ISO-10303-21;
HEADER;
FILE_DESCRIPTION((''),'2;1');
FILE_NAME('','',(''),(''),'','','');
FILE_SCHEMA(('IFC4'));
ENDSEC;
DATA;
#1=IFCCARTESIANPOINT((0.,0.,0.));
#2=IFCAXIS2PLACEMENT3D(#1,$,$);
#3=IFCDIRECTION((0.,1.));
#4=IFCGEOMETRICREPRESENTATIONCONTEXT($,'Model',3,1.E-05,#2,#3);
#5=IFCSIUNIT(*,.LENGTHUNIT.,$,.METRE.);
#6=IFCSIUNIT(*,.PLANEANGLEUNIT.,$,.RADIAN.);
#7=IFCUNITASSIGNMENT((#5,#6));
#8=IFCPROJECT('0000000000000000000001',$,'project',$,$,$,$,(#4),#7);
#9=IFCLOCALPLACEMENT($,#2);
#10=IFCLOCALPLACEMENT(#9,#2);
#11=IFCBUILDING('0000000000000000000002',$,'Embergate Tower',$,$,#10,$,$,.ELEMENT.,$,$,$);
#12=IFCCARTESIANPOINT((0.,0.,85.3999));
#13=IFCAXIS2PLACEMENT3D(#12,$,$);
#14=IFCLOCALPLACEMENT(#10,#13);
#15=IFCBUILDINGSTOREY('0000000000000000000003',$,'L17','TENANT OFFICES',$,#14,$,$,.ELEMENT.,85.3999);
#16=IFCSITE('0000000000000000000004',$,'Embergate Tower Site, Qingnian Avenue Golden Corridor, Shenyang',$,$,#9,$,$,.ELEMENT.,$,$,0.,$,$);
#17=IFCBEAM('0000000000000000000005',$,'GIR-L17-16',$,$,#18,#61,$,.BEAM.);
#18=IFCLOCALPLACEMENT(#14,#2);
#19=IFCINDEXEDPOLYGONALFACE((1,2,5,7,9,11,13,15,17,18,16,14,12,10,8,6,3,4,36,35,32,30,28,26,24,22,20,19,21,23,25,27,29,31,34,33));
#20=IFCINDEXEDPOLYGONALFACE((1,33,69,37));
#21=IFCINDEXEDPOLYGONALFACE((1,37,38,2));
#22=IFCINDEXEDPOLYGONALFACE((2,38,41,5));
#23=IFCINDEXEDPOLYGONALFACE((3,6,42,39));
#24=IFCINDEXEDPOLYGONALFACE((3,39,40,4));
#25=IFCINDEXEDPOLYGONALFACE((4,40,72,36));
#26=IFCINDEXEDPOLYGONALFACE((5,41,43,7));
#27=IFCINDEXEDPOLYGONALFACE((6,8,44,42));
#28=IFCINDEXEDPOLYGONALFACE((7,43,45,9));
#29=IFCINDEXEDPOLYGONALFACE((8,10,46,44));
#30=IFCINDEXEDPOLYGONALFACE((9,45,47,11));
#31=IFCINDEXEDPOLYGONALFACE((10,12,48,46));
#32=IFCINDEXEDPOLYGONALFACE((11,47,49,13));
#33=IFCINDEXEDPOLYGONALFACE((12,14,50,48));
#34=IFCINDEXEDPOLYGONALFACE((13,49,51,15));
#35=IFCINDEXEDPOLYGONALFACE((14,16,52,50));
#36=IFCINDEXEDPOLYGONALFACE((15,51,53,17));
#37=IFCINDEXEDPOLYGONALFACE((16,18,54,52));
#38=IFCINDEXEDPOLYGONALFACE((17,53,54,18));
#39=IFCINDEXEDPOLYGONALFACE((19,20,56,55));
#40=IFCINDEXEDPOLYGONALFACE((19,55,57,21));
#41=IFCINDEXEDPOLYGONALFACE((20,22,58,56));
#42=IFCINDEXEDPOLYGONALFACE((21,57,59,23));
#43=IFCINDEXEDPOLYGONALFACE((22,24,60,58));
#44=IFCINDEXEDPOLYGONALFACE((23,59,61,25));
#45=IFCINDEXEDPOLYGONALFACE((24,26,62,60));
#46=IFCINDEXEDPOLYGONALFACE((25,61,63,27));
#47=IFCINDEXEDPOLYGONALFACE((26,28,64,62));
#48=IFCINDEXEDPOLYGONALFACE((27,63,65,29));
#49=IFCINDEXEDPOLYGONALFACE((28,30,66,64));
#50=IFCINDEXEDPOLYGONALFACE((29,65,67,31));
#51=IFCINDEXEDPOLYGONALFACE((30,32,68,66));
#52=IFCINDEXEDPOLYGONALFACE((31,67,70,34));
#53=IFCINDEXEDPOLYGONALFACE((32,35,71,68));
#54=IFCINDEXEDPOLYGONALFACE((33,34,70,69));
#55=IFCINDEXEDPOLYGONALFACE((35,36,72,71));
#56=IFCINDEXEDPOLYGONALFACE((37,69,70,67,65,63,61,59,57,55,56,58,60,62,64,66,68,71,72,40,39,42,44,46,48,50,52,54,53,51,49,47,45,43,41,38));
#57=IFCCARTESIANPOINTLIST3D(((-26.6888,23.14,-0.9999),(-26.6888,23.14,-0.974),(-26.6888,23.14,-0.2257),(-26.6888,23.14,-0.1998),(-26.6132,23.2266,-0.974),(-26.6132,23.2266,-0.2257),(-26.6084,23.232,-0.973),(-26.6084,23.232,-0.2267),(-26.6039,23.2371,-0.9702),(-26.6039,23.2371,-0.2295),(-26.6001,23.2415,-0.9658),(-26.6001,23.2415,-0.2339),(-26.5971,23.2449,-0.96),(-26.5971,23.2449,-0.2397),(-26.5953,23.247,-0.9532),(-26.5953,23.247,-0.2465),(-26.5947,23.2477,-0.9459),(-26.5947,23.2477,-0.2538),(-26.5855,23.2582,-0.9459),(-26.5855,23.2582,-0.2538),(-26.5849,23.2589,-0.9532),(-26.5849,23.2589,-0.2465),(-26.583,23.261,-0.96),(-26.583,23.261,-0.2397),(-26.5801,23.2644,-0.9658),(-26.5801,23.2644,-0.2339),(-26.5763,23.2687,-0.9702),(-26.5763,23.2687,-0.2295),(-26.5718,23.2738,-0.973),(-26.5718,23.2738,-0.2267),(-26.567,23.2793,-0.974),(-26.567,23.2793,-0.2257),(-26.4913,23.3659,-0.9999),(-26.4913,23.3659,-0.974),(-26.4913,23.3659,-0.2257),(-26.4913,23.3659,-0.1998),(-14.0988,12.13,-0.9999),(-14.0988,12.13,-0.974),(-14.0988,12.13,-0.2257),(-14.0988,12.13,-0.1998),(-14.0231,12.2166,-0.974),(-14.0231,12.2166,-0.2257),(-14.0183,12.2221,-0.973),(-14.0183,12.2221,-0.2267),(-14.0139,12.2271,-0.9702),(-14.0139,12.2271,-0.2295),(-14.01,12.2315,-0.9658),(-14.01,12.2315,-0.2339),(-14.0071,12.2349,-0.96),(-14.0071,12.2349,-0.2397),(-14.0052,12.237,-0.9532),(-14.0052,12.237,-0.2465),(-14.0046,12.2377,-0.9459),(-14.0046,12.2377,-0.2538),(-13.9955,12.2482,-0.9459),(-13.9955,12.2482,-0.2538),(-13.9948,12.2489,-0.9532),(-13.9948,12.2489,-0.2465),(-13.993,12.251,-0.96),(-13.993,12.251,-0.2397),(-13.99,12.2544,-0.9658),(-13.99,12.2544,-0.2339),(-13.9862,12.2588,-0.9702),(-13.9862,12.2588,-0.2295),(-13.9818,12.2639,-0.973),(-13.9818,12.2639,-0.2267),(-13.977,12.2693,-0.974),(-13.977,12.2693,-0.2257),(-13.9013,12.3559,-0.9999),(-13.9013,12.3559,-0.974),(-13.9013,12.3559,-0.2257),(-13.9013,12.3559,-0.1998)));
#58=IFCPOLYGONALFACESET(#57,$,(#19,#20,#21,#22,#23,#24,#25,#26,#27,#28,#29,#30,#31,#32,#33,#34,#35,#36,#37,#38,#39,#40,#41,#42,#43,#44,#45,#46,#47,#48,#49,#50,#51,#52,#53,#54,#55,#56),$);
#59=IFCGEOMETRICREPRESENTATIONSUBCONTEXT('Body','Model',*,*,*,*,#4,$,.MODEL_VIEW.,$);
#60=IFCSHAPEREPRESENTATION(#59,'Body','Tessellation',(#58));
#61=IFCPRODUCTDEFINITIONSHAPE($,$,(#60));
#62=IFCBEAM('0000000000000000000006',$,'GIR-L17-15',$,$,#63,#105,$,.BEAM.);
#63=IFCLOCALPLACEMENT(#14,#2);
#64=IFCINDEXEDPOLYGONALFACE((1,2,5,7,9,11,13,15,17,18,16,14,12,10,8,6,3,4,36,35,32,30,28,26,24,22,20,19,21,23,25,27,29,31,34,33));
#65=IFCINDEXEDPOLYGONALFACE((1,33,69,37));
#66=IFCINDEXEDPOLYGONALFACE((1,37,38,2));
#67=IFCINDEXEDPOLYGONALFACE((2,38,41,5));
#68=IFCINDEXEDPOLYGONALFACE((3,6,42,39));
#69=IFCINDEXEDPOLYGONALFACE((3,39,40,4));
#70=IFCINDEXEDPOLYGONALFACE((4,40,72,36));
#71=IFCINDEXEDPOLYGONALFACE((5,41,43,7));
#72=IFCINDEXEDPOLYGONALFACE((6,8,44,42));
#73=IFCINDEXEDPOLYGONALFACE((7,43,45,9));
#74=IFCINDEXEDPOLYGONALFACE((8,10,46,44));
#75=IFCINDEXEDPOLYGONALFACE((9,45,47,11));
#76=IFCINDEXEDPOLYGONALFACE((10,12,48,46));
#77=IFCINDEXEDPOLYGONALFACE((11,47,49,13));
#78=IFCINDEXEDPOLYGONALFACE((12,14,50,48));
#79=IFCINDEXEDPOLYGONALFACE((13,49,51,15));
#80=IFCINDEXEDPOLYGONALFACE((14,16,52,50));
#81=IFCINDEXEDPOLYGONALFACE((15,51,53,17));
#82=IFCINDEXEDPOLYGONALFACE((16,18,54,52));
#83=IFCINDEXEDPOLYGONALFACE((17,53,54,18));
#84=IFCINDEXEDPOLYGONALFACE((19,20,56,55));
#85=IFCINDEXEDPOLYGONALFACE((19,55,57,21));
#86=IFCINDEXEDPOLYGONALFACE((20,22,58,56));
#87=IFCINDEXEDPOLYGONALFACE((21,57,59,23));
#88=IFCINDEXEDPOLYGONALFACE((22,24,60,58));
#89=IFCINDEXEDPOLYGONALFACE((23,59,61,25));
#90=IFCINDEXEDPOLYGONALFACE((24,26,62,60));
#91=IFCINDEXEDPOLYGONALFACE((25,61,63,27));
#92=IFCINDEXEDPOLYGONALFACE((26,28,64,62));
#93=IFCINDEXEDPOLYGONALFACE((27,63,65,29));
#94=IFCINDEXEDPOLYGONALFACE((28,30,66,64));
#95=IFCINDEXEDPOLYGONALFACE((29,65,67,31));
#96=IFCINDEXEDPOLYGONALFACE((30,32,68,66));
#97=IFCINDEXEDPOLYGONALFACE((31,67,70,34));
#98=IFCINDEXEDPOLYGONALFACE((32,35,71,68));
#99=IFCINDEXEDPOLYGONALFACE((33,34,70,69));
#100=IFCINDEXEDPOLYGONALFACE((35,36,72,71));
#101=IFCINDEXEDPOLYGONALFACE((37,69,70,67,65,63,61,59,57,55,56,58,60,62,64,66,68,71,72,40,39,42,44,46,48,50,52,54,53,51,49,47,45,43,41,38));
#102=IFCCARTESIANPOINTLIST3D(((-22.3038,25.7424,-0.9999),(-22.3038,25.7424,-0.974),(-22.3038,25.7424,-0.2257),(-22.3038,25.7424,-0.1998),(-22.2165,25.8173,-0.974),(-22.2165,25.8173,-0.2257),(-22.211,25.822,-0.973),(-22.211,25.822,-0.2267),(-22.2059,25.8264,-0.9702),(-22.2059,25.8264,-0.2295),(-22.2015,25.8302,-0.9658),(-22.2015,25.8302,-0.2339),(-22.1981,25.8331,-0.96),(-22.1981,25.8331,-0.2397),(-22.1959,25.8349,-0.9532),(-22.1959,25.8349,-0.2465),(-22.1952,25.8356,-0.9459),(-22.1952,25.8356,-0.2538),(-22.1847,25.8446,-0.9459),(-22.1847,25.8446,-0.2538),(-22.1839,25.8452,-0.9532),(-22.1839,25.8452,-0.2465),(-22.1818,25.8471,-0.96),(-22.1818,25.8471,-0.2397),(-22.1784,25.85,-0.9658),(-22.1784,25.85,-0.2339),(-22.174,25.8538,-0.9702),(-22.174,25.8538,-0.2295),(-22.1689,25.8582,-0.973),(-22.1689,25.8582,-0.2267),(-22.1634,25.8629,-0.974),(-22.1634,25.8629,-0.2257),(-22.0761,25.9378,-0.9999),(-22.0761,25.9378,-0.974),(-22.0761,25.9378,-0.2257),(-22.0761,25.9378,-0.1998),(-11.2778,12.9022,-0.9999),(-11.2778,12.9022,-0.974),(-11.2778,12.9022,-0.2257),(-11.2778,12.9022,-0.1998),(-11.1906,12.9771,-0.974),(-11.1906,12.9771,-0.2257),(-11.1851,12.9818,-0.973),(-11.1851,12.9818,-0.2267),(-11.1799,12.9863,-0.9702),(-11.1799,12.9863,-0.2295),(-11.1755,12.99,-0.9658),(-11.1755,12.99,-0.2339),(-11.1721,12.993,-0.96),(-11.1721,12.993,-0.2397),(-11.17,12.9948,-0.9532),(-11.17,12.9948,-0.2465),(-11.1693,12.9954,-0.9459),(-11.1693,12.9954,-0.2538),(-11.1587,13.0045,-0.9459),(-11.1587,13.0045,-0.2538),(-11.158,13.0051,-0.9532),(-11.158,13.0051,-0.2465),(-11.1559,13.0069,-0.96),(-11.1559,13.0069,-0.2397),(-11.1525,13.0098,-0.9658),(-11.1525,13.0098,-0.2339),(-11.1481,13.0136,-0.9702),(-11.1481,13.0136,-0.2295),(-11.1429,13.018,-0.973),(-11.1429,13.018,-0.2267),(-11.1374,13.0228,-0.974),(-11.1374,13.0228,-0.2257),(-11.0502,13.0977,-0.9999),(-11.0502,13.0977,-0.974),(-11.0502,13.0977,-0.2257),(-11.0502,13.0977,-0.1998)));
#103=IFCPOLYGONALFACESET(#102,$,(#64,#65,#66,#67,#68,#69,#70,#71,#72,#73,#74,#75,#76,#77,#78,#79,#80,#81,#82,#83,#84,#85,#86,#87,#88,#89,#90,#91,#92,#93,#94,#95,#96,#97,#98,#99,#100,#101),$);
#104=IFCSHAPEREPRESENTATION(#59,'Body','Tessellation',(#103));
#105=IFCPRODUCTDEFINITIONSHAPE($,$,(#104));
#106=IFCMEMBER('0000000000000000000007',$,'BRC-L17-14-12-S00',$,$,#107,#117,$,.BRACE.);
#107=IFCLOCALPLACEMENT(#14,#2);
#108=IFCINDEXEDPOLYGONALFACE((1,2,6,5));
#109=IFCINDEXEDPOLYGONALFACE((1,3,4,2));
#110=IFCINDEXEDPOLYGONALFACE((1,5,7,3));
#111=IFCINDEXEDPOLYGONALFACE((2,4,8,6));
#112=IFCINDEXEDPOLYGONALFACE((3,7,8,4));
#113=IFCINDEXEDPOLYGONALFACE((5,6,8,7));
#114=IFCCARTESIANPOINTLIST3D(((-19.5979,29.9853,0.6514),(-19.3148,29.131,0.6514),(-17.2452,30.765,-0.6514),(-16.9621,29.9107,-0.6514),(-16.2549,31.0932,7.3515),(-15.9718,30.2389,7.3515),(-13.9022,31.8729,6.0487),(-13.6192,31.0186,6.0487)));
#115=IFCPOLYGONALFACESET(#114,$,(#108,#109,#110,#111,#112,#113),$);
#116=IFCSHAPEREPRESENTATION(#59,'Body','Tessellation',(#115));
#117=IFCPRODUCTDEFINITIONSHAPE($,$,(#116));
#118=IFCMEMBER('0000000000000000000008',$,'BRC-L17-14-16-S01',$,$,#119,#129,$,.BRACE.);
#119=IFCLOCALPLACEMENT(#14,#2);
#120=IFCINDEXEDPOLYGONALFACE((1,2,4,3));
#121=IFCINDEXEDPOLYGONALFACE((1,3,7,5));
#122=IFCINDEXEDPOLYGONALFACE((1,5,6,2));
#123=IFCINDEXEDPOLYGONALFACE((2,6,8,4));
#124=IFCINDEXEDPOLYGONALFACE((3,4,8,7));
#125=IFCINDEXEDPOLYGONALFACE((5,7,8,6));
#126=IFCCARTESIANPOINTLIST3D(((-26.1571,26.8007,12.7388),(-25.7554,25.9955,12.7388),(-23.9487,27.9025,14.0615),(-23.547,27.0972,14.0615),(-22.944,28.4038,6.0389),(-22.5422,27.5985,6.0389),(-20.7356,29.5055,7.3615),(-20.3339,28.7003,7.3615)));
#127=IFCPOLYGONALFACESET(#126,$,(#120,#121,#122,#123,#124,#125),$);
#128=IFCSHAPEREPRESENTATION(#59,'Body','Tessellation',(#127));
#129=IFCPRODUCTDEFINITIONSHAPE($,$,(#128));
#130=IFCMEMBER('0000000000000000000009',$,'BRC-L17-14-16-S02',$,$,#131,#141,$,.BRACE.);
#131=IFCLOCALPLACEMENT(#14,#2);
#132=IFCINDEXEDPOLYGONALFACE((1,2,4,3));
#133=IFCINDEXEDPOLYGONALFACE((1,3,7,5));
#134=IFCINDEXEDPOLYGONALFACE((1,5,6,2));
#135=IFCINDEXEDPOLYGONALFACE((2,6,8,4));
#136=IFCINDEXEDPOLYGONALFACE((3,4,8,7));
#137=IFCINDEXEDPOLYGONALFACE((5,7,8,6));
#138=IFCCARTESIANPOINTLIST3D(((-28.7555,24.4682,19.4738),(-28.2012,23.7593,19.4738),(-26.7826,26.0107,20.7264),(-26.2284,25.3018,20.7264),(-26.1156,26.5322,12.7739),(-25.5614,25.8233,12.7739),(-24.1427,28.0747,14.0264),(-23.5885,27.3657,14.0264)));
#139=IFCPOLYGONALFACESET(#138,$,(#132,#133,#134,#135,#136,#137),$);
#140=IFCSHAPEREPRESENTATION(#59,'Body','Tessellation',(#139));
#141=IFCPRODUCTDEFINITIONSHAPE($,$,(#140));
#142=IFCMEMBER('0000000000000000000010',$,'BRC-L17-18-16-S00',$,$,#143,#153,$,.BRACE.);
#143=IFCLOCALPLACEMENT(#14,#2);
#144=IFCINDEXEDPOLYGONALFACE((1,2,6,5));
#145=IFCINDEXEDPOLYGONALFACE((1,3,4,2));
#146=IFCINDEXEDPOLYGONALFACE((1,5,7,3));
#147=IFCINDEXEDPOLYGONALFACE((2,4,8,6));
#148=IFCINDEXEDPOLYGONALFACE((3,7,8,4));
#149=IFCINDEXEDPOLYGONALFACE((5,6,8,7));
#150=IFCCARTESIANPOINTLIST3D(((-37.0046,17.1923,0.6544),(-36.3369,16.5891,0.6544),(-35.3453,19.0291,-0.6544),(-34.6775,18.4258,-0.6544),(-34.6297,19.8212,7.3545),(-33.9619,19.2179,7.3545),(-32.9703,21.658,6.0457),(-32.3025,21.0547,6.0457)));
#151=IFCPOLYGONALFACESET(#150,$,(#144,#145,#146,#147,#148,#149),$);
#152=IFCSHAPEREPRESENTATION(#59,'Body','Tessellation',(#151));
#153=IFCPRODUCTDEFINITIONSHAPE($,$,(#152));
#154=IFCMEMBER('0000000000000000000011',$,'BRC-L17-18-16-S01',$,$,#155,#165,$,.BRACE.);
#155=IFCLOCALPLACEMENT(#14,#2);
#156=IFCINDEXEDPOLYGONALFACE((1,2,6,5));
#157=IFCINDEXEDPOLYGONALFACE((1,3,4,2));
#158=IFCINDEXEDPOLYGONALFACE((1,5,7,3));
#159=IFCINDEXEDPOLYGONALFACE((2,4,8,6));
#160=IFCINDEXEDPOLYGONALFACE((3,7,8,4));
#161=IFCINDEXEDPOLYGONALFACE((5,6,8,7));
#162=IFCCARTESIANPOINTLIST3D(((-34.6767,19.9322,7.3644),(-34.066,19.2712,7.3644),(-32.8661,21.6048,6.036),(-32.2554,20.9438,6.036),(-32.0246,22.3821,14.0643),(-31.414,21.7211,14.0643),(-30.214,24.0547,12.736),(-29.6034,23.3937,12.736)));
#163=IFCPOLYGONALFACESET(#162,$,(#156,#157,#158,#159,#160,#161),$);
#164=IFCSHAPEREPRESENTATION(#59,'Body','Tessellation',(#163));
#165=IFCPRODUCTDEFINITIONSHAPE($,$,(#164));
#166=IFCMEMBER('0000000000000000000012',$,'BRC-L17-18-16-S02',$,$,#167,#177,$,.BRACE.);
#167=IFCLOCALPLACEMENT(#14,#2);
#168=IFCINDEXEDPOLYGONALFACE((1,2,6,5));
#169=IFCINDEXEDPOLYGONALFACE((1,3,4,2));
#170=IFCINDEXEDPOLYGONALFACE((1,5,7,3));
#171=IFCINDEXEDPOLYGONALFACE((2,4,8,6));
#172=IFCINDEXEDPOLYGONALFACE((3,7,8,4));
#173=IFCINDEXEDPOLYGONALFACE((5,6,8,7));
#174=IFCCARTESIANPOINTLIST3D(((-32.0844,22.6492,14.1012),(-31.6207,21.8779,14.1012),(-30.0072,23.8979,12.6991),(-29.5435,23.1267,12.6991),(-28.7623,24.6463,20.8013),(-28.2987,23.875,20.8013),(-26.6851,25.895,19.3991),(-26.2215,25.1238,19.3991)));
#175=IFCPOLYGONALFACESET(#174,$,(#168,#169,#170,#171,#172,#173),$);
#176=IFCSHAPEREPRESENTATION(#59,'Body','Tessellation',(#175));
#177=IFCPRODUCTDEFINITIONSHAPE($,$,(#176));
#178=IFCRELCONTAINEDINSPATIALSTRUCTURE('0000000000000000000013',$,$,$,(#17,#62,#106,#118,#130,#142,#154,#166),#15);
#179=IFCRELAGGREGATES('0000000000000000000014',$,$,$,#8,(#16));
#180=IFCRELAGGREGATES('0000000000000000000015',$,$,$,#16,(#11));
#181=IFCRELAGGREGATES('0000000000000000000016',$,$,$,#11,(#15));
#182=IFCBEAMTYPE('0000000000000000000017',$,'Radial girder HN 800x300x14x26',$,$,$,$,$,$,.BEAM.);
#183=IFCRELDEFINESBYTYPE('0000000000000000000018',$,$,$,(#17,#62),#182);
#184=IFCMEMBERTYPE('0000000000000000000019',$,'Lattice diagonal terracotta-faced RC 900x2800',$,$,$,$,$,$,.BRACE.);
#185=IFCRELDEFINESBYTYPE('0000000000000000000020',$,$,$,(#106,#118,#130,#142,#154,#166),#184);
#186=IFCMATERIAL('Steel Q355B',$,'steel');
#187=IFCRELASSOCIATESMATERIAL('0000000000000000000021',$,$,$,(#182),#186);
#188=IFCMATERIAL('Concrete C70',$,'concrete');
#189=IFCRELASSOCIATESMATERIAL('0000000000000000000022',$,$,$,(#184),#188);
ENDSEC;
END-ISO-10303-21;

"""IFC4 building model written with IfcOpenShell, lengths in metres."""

from ifc_helpers import new_model, si_unit, direction, frame, origin, origin_2d, place, context, subcontext, project, spatial, rectangle, i_section, extrude, source, transform, mapped, material, material_profile, profile_set, type_object, element, save


model = new_model("IFC4")

# Units and contexts
model_context = context("Model", 3, precision=1e-05, world=origin(), true_north=direction((0.0, 1.0)))
body_context = subcontext(model_context, "Body", "Model", "MODEL_VIEW")
ifc_project = project(units=[si_unit("LENGTHUNIT", "METRE"), si_unit("PLANEANGLEUNIT", "RADIAN")], contexts=[model_context])

# Site, building, storey
site_placement = place(None, origin())
site = spatial("IfcSite", under=ifc_project, at=site_placement, Name="Embergate Tower Site, Qingnian Avenue Golden Corridor, Shenyang", CompositionType="ELEMENT", RefElevation=0.0)
building_placement = place(site_placement, origin())
building = spatial("IfcBuilding", under=site, at=building_placement, Name="Embergate Tower", CompositionType="ELEMENT")
storey_placement = place(building_placement, frame((0.0, 0.0, 85.3999)))
storey = spatial("IfcBuildingStorey", under=building, at=storey_placement, Name="L17", Description="TENANT OFFICES", CompositionType="ELEMENT", Elevation=85.3999)

# Shared definitions
ifc_material_1 = material(Name="Concrete C70", Category="concrete")

# Beams
ifc_material_2 = material(Name="Steel Q355B", Category="steel")
ifc_material_profile_1 = material_profile(ifc_material_2, i_section(OverallWidth=0.3, OverallDepth=0.8, WebThickness=0.0139, FlangeThickness=0.0259, FilletRadius=0.0281, at=origin_2d()), Name="HN 800x300x14x26")
ifc_profile_set_1 = profile_set([ifc_material_profile_1], Name="Steel Q355 grade B")
beam_type_1 = type_object("IfcBeamType", Name="Radial girder HN 800x300x14x26", PredefinedType="BEAM", material=ifc_profile_set_1)
shared_shape_1 = source(origin(), body_context, "Body", "SweptSolid", [
    extrude(i_section(OverallWidth=0.3, OverallDepth=0.8, WebThickness=0.0139, FlangeThickness=0.0259, FilletRadius=0.0281, at=origin_2d()), origin(), (0.0, 0.0, 1.0), 16.7251),
])
beam_1_placement = place(storey_placement, frame((-26.5901, 23.2529, -0.5999), z_axis=(0.752764, -0.658291, 0.0), x_axis=(0.658291, 0.752764, 0.0)))
element("IfcBeam", 1, at=beam_1_placement, inside=storey, type_object=beam_type_1, Name="GIR-L17-16", PredefinedType="BEAM", context=body_context, shape_type="MappedRepresentation", body=[
    mapped(shared_shape_1, transform((0.0, 0.0, 0.0))),
])
shared_shape_2 = source(origin(), body_context, "Body", "SweptSolid", [
    extrude(i_section(OverallWidth=0.3, OverallDepth=0.8, WebThickness=0.0139, FlangeThickness=0.0259, FilletRadius=0.0281, at=origin_2d()), origin(), (0.0, 0.0, 1.0), 16.9246),
])
beam_2_placement = place(storey_placement, frame((-22.1899, 25.8401, -0.5999), z_axis=(0.651475, -0.75867, 0.0), x_axis=(0.75867, 0.651475, 0.0)))
element("IfcBeam", 2, at=beam_2_placement, inside=storey, type_object=beam_type_1, Name="GIR-L17-15", PredefinedType="BEAM", context=body_context, shape_type="MappedRepresentation", body=[
    mapped(shared_shape_2, transform((0.0, 0.0, 0.0))),
])

# Members
ifc_material_profile_2 = material_profile(ifc_material_1, rectangle(XDim=0.8999, YDim=2.8, at=origin_2d()), Name="RC 900x2800")
ifc_profile_set_2 = profile_set([ifc_material_profile_2], Name="Concrete C70")
member_type_1 = type_object("IfcMemberType", Name="Lattice diagonal terracotta-faced RC 900x2800", PredefinedType="BRACE", material=ifc_profile_set_2)
shared_shape_3 = source(origin(), body_context, "Body", "SweptSolid", [
    extrude(rectangle(XDim=0.8999, YDim=2.8, at=origin_2d()), origin(), (0.0, 0.0, 1.0), 7.5693),
])
member_1_placement = place(storey_placement, frame((-18.28, 29.948, 0.0), z_axis=(0.441649, 0.146367, 0.885168), x_axis=(-0.314584, 0.94923, 0.0)))
element("IfcMember", 3, at=member_1_placement, inside=storey, type_object=member_type_1, Name="BRC-L17-14-12-S00", PredefinedType="BRACE", context=body_context, shape_type="MappedRepresentation", body=[
    mapped(shared_shape_3, transform((0.0, 0.0, 0.0))),
])
shared_shape_4 = source(origin(), body_context, "Body", "SweptSolid", [
    extrude(rectangle(XDim=0.8999, YDim=2.8, at=origin_2d()), origin(), (0.0, 0.0, 1.0), 7.6016),
])
member_2_placement = place(storey_placement, frame((-21.6389, 28.552, 6.7002), z_axis=(-0.422696, -0.210882, 0.881395), x_axis=(0.446425, -0.894821, 0.0)))
element("IfcMember", 4, at=member_2_placement, inside=storey, type_object=member_type_1, Name="BRC-L17-14-16-S01", PredefinedType="BRACE", context=body_context, shape_type="MappedRepresentation", body=[
    mapped(shared_shape_4, transform((0.0, 0.0, 0.0))),
])
shared_shape_5 = source(origin(), body_context, "Body", "SweptSolid", [
    extrude(rectangle(XDim=0.8999, YDim=2.8, at=origin_2d()), origin(), (0.0, 0.0, 1.0), 7.4912),
])
member_3_placement = place(storey_placement, frame((-24.8521, 26.949, 13.4001), z_axis=(-0.352398, -0.275518, 0.894374), x_axis=(0.615931, -0.7878, 0.0)))
element("IfcMember", 5, at=member_3_placement, inside=storey, type_object=member_type_1, Name="BRC-L17-14-16-S02", PredefinedType="BRACE", context=body_context, shape_type="MappedRepresentation", body=[
    mapped(shared_shape_5, transform((0.0, 0.0, 0.0))),
])
shared_shape_6 = source(origin(), body_context, "Body", "SweptSolid", [
    extrude(rectangle(XDim=0.8999, YDim=2.8, at=origin_2d()), origin(), (0.0, 0.0, 1.0), 7.5791),
])
member_4_placement = place(storey_placement, frame((-35.8411, 17.8091, 0.0), z_axis=(0.313357, 0.346858, 0.884023), x_axis=(-0.742032, 0.670365, 0.0)))
element("IfcMember", 6, at=member_4_placement, inside=storey, type_object=member_type_1, Name="BRC-L17-18-16-S00", PredefinedType="BRACE", context=body_context, shape_type="MappedRepresentation", body=[
    mapped(shared_shape_6, transform((0.0, 0.0, 0.0))),
])
shared_shape_7 = source(origin(), body_context, "Body", "SweptSolid", [
    extrude(rectangle(XDim=0.8999, YDim=2.8, at=origin_2d()), origin(), (0.0, 0.0, 1.0), 7.6108),
])
member_5_placement = place(storey_placement, frame((-33.4661, 20.438, 6.7002), z_axis=(0.348462, 0.321902, 0.880314), x_axis=(-0.678558, 0.734547, 0.0)))
element("IfcMember", 7, at=member_5_placement, inside=storey, type_object=member_type_1, Name="BRC-L17-18-16-S01", PredefinedType="BRACE", context=body_context, shape_type="MappedRepresentation", body=[
    mapped(shared_shape_7, transform((0.0, 0.0, 0.0))),
])
shared_shape_8 = source(origin(), body_context, "Body", "SweptSolid", [
    extrude(rectangle(XDim=0.8999, YDim=2.8, at=origin_2d()), origin(), (0.0, 0.0, 1.0), 7.7405),
])
member_6_placement = place(storey_placement, frame((-30.814, 22.8879, 13.4001), z_axis=(0.429181, 0.258007, 0.865584), x_axis=(-0.515227, 0.857054, 0.0)))
element("IfcMember", 8, at=member_6_placement, inside=storey, type_object=member_type_1, Name="BRC-L17-18-16-S02", PredefinedType="BRACE", context=body_context, shape_type="MappedRepresentation", body=[
    mapped(shared_shape_8, transform((0.0, 0.0, 0.0))),
])

save(model, "model.ifc")
